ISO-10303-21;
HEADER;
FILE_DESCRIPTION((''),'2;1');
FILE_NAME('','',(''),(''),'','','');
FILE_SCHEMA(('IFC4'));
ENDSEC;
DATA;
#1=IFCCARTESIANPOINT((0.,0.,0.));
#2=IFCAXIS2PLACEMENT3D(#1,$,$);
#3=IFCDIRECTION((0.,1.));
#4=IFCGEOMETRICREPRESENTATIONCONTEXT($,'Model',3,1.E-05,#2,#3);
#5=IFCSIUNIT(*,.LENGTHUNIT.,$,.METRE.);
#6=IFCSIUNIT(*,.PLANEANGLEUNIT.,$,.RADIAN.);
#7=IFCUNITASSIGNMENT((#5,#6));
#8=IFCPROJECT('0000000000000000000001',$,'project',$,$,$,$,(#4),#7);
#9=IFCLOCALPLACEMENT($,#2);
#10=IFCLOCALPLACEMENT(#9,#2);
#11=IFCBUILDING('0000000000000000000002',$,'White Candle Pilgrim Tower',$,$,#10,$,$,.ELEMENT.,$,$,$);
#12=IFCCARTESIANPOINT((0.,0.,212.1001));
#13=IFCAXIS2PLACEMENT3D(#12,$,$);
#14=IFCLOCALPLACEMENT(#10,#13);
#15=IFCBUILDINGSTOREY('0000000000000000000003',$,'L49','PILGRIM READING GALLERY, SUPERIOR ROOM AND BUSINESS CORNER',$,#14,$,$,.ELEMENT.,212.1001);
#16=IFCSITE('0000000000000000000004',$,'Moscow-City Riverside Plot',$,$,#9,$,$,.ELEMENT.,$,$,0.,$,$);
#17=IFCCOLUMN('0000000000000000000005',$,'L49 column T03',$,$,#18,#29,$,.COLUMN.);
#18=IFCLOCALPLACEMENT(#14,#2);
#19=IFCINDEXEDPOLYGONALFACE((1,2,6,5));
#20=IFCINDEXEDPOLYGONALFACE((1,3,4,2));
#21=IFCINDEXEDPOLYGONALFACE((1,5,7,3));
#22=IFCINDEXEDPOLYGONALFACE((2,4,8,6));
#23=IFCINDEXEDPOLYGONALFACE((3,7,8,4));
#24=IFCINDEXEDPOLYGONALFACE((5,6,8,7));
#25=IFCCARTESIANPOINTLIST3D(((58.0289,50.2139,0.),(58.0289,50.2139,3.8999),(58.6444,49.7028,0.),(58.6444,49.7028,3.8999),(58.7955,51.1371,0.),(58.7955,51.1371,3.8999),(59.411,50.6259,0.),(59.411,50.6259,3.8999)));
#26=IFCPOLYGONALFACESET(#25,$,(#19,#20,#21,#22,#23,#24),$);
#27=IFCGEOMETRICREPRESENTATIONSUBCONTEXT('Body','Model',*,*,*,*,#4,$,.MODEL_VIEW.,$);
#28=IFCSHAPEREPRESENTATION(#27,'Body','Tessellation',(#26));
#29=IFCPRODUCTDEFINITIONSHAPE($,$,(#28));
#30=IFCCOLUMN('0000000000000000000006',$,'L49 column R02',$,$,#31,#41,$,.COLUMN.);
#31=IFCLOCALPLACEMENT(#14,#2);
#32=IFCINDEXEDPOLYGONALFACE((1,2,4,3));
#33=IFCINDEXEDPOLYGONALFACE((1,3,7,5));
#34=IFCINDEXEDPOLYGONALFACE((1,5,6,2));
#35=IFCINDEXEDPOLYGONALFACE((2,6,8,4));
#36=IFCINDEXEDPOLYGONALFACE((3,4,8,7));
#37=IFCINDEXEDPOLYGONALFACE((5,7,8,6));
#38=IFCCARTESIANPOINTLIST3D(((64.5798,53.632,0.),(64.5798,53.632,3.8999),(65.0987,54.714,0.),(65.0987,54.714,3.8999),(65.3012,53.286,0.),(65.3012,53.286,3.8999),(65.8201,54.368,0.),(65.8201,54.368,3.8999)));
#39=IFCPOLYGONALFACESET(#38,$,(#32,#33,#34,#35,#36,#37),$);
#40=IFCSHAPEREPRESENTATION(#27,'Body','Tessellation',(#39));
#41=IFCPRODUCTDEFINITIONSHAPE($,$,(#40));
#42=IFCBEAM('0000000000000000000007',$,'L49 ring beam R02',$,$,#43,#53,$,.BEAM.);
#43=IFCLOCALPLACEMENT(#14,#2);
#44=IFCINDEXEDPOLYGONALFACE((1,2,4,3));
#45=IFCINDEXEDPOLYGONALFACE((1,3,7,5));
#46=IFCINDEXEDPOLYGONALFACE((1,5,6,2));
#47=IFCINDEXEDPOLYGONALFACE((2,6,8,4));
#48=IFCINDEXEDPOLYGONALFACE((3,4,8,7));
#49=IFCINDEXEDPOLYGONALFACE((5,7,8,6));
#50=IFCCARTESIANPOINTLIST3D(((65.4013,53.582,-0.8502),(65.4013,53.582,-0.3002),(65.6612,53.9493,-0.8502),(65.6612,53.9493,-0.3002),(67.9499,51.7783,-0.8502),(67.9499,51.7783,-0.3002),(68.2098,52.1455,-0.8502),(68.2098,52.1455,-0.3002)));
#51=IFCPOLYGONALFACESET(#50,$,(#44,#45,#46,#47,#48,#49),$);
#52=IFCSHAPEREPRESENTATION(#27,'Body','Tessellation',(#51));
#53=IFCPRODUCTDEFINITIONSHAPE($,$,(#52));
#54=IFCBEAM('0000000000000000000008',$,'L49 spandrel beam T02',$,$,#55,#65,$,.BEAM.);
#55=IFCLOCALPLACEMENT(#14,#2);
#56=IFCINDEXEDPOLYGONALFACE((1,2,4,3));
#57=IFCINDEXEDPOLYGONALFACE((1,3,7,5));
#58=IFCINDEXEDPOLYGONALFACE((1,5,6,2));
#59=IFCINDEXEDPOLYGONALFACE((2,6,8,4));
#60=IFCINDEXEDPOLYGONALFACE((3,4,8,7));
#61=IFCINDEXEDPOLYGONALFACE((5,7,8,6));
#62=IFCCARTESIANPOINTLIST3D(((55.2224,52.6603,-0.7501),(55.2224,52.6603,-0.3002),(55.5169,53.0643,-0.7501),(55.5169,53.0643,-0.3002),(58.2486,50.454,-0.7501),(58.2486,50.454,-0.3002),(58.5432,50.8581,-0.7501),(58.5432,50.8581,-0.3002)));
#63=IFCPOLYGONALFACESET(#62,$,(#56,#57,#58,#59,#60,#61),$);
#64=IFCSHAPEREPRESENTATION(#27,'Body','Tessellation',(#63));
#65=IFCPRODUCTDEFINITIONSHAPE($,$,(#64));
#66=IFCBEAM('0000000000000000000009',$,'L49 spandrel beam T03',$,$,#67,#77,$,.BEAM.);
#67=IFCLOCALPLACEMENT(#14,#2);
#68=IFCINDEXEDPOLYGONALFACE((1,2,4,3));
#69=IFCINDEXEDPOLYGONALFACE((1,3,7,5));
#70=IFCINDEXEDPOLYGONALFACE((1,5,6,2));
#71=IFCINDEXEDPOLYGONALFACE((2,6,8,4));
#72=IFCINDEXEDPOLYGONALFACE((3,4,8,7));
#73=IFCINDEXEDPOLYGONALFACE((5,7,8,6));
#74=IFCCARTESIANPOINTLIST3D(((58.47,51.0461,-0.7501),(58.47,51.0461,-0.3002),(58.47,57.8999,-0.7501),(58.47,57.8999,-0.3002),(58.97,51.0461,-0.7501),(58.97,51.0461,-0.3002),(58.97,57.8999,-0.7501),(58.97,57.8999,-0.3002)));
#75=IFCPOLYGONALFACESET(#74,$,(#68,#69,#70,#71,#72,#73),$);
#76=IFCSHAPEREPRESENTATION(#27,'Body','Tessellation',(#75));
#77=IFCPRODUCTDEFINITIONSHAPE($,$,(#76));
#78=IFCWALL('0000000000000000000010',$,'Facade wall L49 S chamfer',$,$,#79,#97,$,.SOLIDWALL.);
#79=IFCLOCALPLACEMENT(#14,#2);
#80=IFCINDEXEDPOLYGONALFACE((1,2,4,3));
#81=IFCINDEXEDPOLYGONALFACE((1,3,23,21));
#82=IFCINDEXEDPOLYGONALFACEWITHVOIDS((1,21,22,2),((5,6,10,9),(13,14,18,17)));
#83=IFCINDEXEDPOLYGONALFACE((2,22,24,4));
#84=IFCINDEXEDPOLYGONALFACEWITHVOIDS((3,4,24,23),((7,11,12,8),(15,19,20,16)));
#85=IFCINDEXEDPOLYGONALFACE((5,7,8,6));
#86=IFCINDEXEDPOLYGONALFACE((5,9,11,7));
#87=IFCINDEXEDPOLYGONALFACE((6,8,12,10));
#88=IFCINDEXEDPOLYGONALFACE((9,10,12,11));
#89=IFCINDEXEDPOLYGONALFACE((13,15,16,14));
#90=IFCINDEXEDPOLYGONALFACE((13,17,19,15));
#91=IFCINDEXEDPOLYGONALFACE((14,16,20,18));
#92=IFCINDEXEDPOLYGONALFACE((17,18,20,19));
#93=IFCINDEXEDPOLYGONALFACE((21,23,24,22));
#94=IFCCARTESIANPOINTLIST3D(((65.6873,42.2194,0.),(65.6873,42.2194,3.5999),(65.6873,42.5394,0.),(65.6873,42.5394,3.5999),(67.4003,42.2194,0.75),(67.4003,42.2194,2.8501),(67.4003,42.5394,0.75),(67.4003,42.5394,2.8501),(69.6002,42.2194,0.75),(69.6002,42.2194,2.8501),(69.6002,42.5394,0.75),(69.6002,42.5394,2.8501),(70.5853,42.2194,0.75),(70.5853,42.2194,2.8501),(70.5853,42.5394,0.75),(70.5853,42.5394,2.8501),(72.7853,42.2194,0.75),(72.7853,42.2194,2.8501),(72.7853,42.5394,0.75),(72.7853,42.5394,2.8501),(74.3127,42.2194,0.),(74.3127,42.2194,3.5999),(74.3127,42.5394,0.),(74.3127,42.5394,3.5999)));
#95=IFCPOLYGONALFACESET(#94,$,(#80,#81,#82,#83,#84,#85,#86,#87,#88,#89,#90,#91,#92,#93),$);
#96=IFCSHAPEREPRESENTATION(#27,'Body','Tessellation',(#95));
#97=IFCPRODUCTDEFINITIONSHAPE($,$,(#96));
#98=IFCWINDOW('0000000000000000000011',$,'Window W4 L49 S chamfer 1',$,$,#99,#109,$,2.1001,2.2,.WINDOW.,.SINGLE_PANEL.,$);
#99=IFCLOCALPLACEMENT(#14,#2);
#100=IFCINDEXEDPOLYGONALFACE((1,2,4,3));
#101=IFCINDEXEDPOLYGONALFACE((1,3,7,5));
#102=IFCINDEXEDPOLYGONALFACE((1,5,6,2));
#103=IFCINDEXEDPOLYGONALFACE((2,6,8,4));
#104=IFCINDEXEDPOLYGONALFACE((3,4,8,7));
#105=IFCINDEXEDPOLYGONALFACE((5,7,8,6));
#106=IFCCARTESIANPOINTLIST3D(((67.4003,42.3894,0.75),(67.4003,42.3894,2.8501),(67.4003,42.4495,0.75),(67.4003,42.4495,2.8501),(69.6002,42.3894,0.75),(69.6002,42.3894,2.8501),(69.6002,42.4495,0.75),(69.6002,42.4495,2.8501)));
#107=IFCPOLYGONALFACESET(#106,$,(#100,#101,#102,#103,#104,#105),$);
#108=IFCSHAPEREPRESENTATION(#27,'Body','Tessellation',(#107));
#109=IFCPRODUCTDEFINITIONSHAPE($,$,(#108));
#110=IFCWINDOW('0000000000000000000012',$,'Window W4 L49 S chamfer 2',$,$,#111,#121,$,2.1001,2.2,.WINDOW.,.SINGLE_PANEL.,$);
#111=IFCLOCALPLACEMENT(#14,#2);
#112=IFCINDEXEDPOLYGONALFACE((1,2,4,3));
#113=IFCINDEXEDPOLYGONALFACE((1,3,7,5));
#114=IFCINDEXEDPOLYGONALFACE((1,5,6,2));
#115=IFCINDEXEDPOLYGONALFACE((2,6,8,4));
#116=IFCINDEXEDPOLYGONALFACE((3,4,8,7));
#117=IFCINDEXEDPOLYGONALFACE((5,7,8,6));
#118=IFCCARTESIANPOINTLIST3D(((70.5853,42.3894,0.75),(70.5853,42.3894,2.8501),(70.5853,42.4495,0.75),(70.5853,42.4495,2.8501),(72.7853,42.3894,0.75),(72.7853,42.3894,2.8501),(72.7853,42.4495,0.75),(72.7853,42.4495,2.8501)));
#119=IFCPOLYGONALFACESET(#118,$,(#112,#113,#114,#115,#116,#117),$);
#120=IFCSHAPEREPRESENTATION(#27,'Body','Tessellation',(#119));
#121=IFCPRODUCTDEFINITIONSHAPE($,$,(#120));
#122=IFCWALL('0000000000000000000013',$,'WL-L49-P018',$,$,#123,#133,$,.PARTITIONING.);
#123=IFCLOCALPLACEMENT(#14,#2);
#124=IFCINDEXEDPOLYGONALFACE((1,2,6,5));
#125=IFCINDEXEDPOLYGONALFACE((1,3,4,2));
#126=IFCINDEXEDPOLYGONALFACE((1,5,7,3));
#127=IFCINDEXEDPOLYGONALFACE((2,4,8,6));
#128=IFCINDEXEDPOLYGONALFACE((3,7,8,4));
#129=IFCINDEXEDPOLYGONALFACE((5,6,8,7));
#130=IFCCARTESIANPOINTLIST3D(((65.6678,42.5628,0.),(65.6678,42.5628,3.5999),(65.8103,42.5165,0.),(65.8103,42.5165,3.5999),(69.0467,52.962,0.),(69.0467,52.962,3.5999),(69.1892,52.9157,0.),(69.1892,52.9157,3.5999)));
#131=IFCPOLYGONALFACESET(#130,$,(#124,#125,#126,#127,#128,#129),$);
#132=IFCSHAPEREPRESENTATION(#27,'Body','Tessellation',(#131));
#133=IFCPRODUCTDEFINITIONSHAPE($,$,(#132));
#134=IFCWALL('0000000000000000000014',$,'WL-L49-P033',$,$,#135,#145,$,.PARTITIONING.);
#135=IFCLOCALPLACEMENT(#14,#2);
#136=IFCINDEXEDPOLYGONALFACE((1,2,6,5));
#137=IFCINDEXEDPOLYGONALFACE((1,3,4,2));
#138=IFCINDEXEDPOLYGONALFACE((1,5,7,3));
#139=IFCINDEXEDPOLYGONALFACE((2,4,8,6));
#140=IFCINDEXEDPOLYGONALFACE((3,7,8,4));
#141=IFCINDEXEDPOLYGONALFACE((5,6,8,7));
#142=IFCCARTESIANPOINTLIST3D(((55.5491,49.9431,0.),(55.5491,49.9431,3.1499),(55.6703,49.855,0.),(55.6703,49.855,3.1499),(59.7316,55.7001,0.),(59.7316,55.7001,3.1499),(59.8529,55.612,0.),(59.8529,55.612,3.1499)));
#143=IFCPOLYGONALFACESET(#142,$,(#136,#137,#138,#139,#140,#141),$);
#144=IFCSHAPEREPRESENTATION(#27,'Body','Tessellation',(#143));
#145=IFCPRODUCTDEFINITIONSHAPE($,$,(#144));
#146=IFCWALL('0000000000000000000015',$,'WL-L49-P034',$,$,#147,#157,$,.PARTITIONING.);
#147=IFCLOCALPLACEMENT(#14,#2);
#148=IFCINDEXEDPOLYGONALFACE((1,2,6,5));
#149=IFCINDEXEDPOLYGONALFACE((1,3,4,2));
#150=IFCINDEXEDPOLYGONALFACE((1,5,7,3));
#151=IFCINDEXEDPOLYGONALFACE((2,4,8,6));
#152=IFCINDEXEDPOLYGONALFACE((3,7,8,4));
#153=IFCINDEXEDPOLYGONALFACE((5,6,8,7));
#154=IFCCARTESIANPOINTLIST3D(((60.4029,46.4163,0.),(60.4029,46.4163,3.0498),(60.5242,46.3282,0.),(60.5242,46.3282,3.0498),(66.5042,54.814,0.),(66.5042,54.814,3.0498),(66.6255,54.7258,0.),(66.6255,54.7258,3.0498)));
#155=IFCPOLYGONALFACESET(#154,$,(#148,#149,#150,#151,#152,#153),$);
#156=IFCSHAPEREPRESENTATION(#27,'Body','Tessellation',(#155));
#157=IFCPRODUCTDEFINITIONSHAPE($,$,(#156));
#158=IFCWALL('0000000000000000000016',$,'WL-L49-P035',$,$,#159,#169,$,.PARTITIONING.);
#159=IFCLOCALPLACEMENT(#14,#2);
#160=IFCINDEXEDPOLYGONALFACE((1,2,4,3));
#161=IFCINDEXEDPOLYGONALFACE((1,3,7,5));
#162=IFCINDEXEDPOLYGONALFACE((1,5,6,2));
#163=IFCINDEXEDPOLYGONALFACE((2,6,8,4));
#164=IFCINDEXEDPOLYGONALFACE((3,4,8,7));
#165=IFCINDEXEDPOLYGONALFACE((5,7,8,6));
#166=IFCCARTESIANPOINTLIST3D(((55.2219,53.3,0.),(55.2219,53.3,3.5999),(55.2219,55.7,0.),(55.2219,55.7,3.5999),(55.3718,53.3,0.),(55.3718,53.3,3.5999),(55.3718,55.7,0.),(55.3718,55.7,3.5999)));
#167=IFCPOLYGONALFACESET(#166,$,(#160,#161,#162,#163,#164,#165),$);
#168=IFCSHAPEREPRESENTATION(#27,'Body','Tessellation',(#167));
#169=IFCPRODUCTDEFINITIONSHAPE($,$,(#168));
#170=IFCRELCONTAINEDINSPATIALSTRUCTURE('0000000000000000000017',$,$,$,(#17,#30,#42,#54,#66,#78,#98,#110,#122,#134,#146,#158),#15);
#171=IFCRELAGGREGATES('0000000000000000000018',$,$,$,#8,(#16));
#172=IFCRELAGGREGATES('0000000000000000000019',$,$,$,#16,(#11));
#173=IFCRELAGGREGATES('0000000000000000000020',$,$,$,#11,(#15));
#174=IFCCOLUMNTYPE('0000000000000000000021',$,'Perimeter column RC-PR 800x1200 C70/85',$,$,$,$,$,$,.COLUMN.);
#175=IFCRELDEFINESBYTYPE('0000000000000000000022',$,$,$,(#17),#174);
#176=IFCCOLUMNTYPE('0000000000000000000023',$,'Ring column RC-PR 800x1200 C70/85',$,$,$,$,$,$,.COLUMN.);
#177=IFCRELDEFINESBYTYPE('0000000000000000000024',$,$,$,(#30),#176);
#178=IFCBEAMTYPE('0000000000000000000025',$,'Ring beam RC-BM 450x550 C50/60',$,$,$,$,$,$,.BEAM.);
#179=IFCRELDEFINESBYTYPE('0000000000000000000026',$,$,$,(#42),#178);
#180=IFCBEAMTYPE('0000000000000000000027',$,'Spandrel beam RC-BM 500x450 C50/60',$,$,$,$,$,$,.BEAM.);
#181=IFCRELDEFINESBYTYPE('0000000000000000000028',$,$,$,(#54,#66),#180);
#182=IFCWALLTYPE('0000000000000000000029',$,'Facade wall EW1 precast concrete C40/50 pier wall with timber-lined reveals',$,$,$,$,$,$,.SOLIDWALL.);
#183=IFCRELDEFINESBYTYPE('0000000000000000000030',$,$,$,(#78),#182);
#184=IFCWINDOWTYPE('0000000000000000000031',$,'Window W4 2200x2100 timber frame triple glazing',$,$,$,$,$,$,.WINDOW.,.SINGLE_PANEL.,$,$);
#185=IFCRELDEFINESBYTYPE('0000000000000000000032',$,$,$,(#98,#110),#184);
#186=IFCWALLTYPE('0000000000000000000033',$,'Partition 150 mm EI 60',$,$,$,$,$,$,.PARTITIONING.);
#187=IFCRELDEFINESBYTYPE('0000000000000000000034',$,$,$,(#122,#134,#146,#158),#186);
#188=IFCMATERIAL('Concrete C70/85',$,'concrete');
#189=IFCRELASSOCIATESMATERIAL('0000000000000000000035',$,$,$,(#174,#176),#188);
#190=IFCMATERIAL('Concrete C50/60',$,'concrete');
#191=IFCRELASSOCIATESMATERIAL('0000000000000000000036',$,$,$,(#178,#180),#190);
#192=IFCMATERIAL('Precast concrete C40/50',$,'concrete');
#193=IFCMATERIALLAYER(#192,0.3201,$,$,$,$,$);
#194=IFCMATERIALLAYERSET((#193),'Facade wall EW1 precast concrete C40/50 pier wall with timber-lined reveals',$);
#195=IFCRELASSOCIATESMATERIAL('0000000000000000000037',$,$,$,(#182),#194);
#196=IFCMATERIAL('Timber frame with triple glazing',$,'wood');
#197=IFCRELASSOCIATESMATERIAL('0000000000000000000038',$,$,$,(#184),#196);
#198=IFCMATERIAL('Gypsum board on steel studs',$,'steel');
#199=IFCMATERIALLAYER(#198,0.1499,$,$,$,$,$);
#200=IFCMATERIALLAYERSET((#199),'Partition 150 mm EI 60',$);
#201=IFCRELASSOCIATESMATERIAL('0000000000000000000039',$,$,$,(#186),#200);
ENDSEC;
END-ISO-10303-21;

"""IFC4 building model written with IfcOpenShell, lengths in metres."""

from ifc_helpers import new_model, si_unit, direction, frame, frame_2d, origin, origin_2d, place, context, subcontext, project, spatial, rectangle, extrude, material, layer, layer_set, material_profile, profile_set, type_object, element, fill, save


model = new_model("IFC4")

# Units and contexts
model_context = context("Model", 3, precision=1e-05, world=origin(), true_north=direction((0.0, 1.0)))
body_context = subcontext(model_context, "Body", "Model", "MODEL_VIEW")
ifc_project = project(units=[si_unit("LENGTHUNIT", "METRE"), si_unit("PLANEANGLEUNIT", "RADIAN")], contexts=[model_context])

# Site, building, storey
site_placement = place(None, origin())
site = spatial("IfcSite", under=ifc_project, at=site_placement, Name="Moscow-City Riverside Plot", CompositionType="ELEMENT", RefElevation=0.0)
building_placement = place(site_placement, origin())
building = spatial("IfcBuilding", under=site, at=building_placement, Name="White Candle Pilgrim Tower", CompositionType="ELEMENT")
storey_placement = place(building_placement, frame((0.0, 0.0, 212.1001)))
storey = spatial("IfcBuildingStorey", under=building, at=storey_placement, Name="L49", Description="PILGRIM READING GALLERY, SUPERIOR ROOM AND BUSINESS CORNER", CompositionType="ELEMENT", Elevation=212.1001)

# Columns
ifc_material_1 = material(Name="Concrete C70/85", Category="concrete")
ifc_material_profile_1 = material_profile(ifc_material_1, rectangle(XDim=0.8, YDim=1.2, at=origin_2d()), Name="RC-PR 800x1200")
ifc_profile_set_1 = profile_set([ifc_material_profile_1], Name="Concrete C70/85")
column_type_1 = type_object("IfcColumnType", Name="Perimeter column RC-PR 800x1200 C70/85", PredefinedType="COLUMN", material=ifc_profile_set_1)
column_1_placement = place(storey_placement, frame((58.72, 50.4199, 0.0), z_axis=(0.0, 0.0, 1.0), x_axis=(-0.76931, 0.638875, 0.0)))
element("IfcColumn", 1, at=column_1_placement, inside=storey, type_object=column_type_1, Name="L49 column T03", PredefinedType="COLUMN", context=body_context, shape_type="SweptSolid", body=[
    extrude(rectangle(XDim=0.8, YDim=1.2, at=origin_2d()), origin(), (0.0, 0.0, 1.0), 3.8999),
])
ifc_material_profile_2 = material_profile(ifc_material_1, rectangle(XDim=0.8, YDim=1.2, at=origin_2d()), Name="RC-PR 800x1200")
ifc_profile_set_2 = profile_set([ifc_material_profile_2], Name="Concrete C70/85")
column_type_2 = type_object("IfcColumnType", Name="Ring column RC-PR 800x1200 C70/85", PredefinedType="COLUMN", material=ifc_profile_set_2)
column_2_placement = place(storey_placement, frame((65.2, 54.0, 0.0), z_axis=(0.0, 0.0, 1.0), x_axis=(-0.901689, 0.432385, 0.0)))
element("IfcColumn", 2, at=column_2_placement, inside=storey, type_object=column_type_2, Name="L49 column R02", PredefinedType="COLUMN", context=body_context, shape_type="SweptSolid", body=[
    extrude(rectangle(XDim=0.8, YDim=1.2, at=origin_2d()), origin(), (0.0, 0.0, 1.0), 3.8999),
])

# Beams
ifc_material_2 = material(Name="Concrete C50/60", Category="concrete")
ifc_material_profile_3 = material_profile(ifc_material_2, rectangle(XDim=0.45, YDim=0.55, at=origin_2d()), Name="RC-BM 450x550")
ifc_profile_set_3 = profile_set([ifc_material_profile_3], Name="Concrete C50/60")
beam_type_1 = type_object("IfcBeamType", Name="Ring beam RC-BM 450x550 C50/60", PredefinedType="BEAM", material=ifc_profile_set_3)
beam_1_placement = place(storey_placement, frame((65.5312, 53.7656, -0.5752), z_axis=(0.816256, -0.57769, 0.0), x_axis=(0.57769, 0.816256, 0.0)))
element("IfcBeam", 3, at=beam_1_placement, inside=storey, type_object=beam_type_1, Name="L49 ring beam R02", PredefinedType="BEAM", context=body_context, shape_type="SweptSolid", body=[
    extrude(rectangle(XDim=0.45, YDim=0.55, at=origin_2d()), origin(), (0.0, 0.0, 1.0), 3.1223),
])
ifc_material_profile_4 = material_profile(ifc_material_2, rectangle(XDim=0.5, YDim=0.45, at=origin_2d()), Name="RC-BM 500x450")
ifc_profile_set_4 = profile_set([ifc_material_profile_4], Name="Concrete C50/60")
beam_type_2 = type_object("IfcBeamType", Name="Spandrel beam RC-BM 500x450 C50/60", PredefinedType="BEAM", material=ifc_profile_set_4)
beam_2_placement = place(storey_placement, frame((55.3696, 52.8623, -0.5251), z_axis=(0.808062, -0.589098, 0.0), x_axis=(0.589098, 0.808062, 0.0)))
element("IfcBeam", 4, at=beam_2_placement, inside=storey, type_object=beam_type_2, Name="L49 spandrel beam T02", PredefinedType="BEAM", context=body_context, shape_type="SweptSolid", body=[
    extrude(rectangle(XDim=0.5, YDim=0.45, at=origin_2d()), origin(), (0.0, 0.0, 1.0), 3.7451),
])
beam_3_placement = place(storey_placement, frame((58.72, 51.0461, -0.5251), z_axis=(0.0, 1.0, 0.0), x_axis=(-1.0, 0.0, 0.0)))
element("IfcBeam", 5, at=beam_3_placement, inside=storey, type_object=beam_type_2, Name="L49 spandrel beam T03", PredefinedType="BEAM", context=body_context, shape_type="SweptSolid", body=[
    extrude(rectangle(XDim=0.5, YDim=0.45, at=origin_2d()), origin(), (0.0, 0.0, 1.0), 6.8538),
])

# Wall, openings, windows
ifc_material_3 = material(Name="Precast concrete C40/50", Category="concrete")
ifc_layer_1 = layer(ifc_material_3, 0.3201)
ifc_layer_set_1 = layer_set([ifc_layer_1], Name="Facade wall EW1 precast concrete C40/50 pier wall with timber-lined reveals")
wall_type_1 = type_object("IfcWallType", Name="Facade wall EW1 precast concrete C40/50 pier wall with timber-lined reveals", PredefinedType="SOLIDWALL", material=ifc_layer_set_1)
wall_1_placement = place(storey_placement, frame((65.6873, 42.3794, 0.0), z_axis=(0.0, 0.0, 1.0), x_axis=(1.0, 0.0, 0.0)))
wall_1 = element("IfcWall", 6, at=wall_1_placement, inside=storey, type_object=wall_type_1, Name="Facade wall L49 S chamfer", PredefinedType="SOLIDWALL", context=body_context, shape_type="SweptSolid", body=[
    extrude(rectangle(XDim=8.6255, YDim=0.3201, at=frame_2d((4.3127, 0.0))), origin(), (0.0, 0.0, 1.0), 3.5999),
])
opening_1_placement = place(wall_1_placement, frame((1.7129, 0.0, 0.75)))
opening_1 = element("IfcOpeningElement", 7, at=opening_1_placement, cuts=wall_1, PredefinedType="OPENING", context=body_context, shape_type="SweptSolid", body=[
    extrude(rectangle(XDim=2.2, YDim=2.1001, at=frame_2d((1.1001, 1.05))), frame((0.0, 0.1699, 0.0), z_axis=(0.0, -1.0, 0.0), x_axis=(1.0, 0.0, 0.0)), (0.0, 0.0, 1.0), 0.3401),
])
opening_2_placement = place(wall_1_placement, frame((4.8979, 0.0, 0.75)))
opening_2 = element("IfcOpeningElement", 8, at=opening_2_placement, cuts=wall_1, PredefinedType="OPENING", context=body_context, shape_type="SweptSolid", body=[
    extrude(rectangle(XDim=2.2, YDim=2.1001, at=frame_2d((1.1001, 1.05))), frame((0.0, 0.1699, 0.0), z_axis=(0.0, -1.0, 0.0), x_axis=(1.0, 0.0, 0.0)), (0.0, 0.0, 1.0), 0.3401),
])
ifc_material_4 = material(Name="Timber frame with triple glazing", Category="wood")
window_type = type_object("IfcWindowType", Name="Window W4 2200x2100 timber frame triple glazing", PartitioningType="SINGLE_PANEL", PredefinedType="WINDOW", material=ifc_material_4)
window_1_placement = place(opening_1_placement, origin())
window_1 = element("IfcWindow", 9, at=window_1_placement, inside=storey, type_object=window_type, Name="Window W4 L49 S chamfer 1", OverallHeight=2.1001, OverallWidth=2.2, PartitioningType="SINGLE_PANEL", PredefinedType="WINDOW", context=body_context, shape_type="SweptSolid", body=[
    extrude(rectangle(XDim=2.2, YDim=2.1001, at=frame_2d((1.1001, 1.05))), frame((0.0, 0.0701, 0.0), z_axis=(0.0, -1.0, 0.0), x_axis=(1.0, 0.0, 0.0)), (0.0, 0.0, 1.0), 0.0601),
])
fill(opening_1, window_1)
window_2_placement = place(opening_2_placement, origin())
window_2 = element("IfcWindow", 10, at=window_2_placement, inside=storey, type_object=window_type, Name="Window W4 L49 S chamfer 2", OverallHeight=2.1001, OverallWidth=2.2, PartitioningType="SINGLE_PANEL", PredefinedType="WINDOW", context=body_context, shape_type="SweptSolid", body=[
    extrude(rectangle(XDim=2.2, YDim=2.1001, at=frame_2d((1.1001, 1.05))), frame((0.0, 0.0701, 0.0), z_axis=(0.0, -1.0, 0.0), x_axis=(1.0, 0.0, 0.0)), (0.0, 0.0, 1.0), 0.0601),
])
fill(opening_2, window_2)

# Walls
ifc_material_5 = material(Name="Gypsum board on steel studs", Category="steel")
ifc_layer_2 = layer(ifc_material_5, 0.1499)
ifc_layer_set_2 = layer_set([ifc_layer_2], Name="Partition 150 mm EI 60")
wall_type_2 = type_object("IfcWallType", Name="Partition 150 mm EI 60", PredefinedType="PARTITIONING", material=ifc_layer_set_2)
wall_2_placement = place(storey_placement, frame((65.739, 42.5396, 0.0), z_axis=(0.0, 0.0, 1.0), x_axis=(0.309018, 0.951056, 0.0)))
element("IfcWall", 11, at=wall_2_placement, inside=storey, type_object=wall_type_2, Name="WL-L49-P018", PredefinedType="PARTITIONING", context=body_context, shape_type="SweptSolid", body=[
    extrude(rectangle(XDim=10.9343, YDim=0.1499, at=frame_2d((5.4673, 0.0))), origin(), (0.0, 0.0, 1.0), 3.5999),
])
wall_3_placement = place(storey_placement, frame((55.6096, 49.8989, 0.0), z_axis=(0.0, 0.0, 1.0), x_axis=(0.587772, 0.809027, 0.0)))
element("IfcWall", 12, at=wall_3_placement, inside=storey, type_object=wall_type_2, Name="WL-L49-P033", PredefinedType="PARTITIONING", context=body_context, shape_type="SweptSolid", body=[
    extrude(rectangle(XDim=7.116, YDim=0.1499, at=frame_2d((3.5581, 0.0))), origin(), (0.0, 0.0, 1.0), 3.1499),
])
wall_4_placement = place(storey_placement, frame((60.4636, 46.3723, 0.0), z_axis=(0.0, 0.0, 1.0), x_axis=(0.587787, 0.809016, 0.0)))
element("IfcWall", 13, at=wall_4_placement, inside=storey, type_object=wall_type_2, Name="WL-L49-P034", PredefinedType="PARTITIONING", context=body_context, shape_type="SweptSolid", body=[
    extrude(rectangle(XDim=10.3801, YDim=0.1499, at=frame_2d((5.1899, 0.0))), origin(), (0.0, 0.0, 1.0), 3.0498),
])
wall_5_placement = place(storey_placement, frame((55.2969, 55.7, 0.0), z_axis=(0.0, 0.0, 1.0), x_axis=(0.0, -1.0, 0.0)))
element("IfcWall", 14, at=wall_5_placement, inside=storey, type_object=wall_type_2, Name="WL-L49-P035", PredefinedType="PARTITIONING", context=body_context, shape_type="SweptSolid", body=[
    extrude(rectangle(XDim=2.3999, YDim=0.1499, at=frame_2d((1.2, 0.0))), origin(), (0.0, 0.0, 1.0), 3.5999),
])

save(model, "model.ifc")
